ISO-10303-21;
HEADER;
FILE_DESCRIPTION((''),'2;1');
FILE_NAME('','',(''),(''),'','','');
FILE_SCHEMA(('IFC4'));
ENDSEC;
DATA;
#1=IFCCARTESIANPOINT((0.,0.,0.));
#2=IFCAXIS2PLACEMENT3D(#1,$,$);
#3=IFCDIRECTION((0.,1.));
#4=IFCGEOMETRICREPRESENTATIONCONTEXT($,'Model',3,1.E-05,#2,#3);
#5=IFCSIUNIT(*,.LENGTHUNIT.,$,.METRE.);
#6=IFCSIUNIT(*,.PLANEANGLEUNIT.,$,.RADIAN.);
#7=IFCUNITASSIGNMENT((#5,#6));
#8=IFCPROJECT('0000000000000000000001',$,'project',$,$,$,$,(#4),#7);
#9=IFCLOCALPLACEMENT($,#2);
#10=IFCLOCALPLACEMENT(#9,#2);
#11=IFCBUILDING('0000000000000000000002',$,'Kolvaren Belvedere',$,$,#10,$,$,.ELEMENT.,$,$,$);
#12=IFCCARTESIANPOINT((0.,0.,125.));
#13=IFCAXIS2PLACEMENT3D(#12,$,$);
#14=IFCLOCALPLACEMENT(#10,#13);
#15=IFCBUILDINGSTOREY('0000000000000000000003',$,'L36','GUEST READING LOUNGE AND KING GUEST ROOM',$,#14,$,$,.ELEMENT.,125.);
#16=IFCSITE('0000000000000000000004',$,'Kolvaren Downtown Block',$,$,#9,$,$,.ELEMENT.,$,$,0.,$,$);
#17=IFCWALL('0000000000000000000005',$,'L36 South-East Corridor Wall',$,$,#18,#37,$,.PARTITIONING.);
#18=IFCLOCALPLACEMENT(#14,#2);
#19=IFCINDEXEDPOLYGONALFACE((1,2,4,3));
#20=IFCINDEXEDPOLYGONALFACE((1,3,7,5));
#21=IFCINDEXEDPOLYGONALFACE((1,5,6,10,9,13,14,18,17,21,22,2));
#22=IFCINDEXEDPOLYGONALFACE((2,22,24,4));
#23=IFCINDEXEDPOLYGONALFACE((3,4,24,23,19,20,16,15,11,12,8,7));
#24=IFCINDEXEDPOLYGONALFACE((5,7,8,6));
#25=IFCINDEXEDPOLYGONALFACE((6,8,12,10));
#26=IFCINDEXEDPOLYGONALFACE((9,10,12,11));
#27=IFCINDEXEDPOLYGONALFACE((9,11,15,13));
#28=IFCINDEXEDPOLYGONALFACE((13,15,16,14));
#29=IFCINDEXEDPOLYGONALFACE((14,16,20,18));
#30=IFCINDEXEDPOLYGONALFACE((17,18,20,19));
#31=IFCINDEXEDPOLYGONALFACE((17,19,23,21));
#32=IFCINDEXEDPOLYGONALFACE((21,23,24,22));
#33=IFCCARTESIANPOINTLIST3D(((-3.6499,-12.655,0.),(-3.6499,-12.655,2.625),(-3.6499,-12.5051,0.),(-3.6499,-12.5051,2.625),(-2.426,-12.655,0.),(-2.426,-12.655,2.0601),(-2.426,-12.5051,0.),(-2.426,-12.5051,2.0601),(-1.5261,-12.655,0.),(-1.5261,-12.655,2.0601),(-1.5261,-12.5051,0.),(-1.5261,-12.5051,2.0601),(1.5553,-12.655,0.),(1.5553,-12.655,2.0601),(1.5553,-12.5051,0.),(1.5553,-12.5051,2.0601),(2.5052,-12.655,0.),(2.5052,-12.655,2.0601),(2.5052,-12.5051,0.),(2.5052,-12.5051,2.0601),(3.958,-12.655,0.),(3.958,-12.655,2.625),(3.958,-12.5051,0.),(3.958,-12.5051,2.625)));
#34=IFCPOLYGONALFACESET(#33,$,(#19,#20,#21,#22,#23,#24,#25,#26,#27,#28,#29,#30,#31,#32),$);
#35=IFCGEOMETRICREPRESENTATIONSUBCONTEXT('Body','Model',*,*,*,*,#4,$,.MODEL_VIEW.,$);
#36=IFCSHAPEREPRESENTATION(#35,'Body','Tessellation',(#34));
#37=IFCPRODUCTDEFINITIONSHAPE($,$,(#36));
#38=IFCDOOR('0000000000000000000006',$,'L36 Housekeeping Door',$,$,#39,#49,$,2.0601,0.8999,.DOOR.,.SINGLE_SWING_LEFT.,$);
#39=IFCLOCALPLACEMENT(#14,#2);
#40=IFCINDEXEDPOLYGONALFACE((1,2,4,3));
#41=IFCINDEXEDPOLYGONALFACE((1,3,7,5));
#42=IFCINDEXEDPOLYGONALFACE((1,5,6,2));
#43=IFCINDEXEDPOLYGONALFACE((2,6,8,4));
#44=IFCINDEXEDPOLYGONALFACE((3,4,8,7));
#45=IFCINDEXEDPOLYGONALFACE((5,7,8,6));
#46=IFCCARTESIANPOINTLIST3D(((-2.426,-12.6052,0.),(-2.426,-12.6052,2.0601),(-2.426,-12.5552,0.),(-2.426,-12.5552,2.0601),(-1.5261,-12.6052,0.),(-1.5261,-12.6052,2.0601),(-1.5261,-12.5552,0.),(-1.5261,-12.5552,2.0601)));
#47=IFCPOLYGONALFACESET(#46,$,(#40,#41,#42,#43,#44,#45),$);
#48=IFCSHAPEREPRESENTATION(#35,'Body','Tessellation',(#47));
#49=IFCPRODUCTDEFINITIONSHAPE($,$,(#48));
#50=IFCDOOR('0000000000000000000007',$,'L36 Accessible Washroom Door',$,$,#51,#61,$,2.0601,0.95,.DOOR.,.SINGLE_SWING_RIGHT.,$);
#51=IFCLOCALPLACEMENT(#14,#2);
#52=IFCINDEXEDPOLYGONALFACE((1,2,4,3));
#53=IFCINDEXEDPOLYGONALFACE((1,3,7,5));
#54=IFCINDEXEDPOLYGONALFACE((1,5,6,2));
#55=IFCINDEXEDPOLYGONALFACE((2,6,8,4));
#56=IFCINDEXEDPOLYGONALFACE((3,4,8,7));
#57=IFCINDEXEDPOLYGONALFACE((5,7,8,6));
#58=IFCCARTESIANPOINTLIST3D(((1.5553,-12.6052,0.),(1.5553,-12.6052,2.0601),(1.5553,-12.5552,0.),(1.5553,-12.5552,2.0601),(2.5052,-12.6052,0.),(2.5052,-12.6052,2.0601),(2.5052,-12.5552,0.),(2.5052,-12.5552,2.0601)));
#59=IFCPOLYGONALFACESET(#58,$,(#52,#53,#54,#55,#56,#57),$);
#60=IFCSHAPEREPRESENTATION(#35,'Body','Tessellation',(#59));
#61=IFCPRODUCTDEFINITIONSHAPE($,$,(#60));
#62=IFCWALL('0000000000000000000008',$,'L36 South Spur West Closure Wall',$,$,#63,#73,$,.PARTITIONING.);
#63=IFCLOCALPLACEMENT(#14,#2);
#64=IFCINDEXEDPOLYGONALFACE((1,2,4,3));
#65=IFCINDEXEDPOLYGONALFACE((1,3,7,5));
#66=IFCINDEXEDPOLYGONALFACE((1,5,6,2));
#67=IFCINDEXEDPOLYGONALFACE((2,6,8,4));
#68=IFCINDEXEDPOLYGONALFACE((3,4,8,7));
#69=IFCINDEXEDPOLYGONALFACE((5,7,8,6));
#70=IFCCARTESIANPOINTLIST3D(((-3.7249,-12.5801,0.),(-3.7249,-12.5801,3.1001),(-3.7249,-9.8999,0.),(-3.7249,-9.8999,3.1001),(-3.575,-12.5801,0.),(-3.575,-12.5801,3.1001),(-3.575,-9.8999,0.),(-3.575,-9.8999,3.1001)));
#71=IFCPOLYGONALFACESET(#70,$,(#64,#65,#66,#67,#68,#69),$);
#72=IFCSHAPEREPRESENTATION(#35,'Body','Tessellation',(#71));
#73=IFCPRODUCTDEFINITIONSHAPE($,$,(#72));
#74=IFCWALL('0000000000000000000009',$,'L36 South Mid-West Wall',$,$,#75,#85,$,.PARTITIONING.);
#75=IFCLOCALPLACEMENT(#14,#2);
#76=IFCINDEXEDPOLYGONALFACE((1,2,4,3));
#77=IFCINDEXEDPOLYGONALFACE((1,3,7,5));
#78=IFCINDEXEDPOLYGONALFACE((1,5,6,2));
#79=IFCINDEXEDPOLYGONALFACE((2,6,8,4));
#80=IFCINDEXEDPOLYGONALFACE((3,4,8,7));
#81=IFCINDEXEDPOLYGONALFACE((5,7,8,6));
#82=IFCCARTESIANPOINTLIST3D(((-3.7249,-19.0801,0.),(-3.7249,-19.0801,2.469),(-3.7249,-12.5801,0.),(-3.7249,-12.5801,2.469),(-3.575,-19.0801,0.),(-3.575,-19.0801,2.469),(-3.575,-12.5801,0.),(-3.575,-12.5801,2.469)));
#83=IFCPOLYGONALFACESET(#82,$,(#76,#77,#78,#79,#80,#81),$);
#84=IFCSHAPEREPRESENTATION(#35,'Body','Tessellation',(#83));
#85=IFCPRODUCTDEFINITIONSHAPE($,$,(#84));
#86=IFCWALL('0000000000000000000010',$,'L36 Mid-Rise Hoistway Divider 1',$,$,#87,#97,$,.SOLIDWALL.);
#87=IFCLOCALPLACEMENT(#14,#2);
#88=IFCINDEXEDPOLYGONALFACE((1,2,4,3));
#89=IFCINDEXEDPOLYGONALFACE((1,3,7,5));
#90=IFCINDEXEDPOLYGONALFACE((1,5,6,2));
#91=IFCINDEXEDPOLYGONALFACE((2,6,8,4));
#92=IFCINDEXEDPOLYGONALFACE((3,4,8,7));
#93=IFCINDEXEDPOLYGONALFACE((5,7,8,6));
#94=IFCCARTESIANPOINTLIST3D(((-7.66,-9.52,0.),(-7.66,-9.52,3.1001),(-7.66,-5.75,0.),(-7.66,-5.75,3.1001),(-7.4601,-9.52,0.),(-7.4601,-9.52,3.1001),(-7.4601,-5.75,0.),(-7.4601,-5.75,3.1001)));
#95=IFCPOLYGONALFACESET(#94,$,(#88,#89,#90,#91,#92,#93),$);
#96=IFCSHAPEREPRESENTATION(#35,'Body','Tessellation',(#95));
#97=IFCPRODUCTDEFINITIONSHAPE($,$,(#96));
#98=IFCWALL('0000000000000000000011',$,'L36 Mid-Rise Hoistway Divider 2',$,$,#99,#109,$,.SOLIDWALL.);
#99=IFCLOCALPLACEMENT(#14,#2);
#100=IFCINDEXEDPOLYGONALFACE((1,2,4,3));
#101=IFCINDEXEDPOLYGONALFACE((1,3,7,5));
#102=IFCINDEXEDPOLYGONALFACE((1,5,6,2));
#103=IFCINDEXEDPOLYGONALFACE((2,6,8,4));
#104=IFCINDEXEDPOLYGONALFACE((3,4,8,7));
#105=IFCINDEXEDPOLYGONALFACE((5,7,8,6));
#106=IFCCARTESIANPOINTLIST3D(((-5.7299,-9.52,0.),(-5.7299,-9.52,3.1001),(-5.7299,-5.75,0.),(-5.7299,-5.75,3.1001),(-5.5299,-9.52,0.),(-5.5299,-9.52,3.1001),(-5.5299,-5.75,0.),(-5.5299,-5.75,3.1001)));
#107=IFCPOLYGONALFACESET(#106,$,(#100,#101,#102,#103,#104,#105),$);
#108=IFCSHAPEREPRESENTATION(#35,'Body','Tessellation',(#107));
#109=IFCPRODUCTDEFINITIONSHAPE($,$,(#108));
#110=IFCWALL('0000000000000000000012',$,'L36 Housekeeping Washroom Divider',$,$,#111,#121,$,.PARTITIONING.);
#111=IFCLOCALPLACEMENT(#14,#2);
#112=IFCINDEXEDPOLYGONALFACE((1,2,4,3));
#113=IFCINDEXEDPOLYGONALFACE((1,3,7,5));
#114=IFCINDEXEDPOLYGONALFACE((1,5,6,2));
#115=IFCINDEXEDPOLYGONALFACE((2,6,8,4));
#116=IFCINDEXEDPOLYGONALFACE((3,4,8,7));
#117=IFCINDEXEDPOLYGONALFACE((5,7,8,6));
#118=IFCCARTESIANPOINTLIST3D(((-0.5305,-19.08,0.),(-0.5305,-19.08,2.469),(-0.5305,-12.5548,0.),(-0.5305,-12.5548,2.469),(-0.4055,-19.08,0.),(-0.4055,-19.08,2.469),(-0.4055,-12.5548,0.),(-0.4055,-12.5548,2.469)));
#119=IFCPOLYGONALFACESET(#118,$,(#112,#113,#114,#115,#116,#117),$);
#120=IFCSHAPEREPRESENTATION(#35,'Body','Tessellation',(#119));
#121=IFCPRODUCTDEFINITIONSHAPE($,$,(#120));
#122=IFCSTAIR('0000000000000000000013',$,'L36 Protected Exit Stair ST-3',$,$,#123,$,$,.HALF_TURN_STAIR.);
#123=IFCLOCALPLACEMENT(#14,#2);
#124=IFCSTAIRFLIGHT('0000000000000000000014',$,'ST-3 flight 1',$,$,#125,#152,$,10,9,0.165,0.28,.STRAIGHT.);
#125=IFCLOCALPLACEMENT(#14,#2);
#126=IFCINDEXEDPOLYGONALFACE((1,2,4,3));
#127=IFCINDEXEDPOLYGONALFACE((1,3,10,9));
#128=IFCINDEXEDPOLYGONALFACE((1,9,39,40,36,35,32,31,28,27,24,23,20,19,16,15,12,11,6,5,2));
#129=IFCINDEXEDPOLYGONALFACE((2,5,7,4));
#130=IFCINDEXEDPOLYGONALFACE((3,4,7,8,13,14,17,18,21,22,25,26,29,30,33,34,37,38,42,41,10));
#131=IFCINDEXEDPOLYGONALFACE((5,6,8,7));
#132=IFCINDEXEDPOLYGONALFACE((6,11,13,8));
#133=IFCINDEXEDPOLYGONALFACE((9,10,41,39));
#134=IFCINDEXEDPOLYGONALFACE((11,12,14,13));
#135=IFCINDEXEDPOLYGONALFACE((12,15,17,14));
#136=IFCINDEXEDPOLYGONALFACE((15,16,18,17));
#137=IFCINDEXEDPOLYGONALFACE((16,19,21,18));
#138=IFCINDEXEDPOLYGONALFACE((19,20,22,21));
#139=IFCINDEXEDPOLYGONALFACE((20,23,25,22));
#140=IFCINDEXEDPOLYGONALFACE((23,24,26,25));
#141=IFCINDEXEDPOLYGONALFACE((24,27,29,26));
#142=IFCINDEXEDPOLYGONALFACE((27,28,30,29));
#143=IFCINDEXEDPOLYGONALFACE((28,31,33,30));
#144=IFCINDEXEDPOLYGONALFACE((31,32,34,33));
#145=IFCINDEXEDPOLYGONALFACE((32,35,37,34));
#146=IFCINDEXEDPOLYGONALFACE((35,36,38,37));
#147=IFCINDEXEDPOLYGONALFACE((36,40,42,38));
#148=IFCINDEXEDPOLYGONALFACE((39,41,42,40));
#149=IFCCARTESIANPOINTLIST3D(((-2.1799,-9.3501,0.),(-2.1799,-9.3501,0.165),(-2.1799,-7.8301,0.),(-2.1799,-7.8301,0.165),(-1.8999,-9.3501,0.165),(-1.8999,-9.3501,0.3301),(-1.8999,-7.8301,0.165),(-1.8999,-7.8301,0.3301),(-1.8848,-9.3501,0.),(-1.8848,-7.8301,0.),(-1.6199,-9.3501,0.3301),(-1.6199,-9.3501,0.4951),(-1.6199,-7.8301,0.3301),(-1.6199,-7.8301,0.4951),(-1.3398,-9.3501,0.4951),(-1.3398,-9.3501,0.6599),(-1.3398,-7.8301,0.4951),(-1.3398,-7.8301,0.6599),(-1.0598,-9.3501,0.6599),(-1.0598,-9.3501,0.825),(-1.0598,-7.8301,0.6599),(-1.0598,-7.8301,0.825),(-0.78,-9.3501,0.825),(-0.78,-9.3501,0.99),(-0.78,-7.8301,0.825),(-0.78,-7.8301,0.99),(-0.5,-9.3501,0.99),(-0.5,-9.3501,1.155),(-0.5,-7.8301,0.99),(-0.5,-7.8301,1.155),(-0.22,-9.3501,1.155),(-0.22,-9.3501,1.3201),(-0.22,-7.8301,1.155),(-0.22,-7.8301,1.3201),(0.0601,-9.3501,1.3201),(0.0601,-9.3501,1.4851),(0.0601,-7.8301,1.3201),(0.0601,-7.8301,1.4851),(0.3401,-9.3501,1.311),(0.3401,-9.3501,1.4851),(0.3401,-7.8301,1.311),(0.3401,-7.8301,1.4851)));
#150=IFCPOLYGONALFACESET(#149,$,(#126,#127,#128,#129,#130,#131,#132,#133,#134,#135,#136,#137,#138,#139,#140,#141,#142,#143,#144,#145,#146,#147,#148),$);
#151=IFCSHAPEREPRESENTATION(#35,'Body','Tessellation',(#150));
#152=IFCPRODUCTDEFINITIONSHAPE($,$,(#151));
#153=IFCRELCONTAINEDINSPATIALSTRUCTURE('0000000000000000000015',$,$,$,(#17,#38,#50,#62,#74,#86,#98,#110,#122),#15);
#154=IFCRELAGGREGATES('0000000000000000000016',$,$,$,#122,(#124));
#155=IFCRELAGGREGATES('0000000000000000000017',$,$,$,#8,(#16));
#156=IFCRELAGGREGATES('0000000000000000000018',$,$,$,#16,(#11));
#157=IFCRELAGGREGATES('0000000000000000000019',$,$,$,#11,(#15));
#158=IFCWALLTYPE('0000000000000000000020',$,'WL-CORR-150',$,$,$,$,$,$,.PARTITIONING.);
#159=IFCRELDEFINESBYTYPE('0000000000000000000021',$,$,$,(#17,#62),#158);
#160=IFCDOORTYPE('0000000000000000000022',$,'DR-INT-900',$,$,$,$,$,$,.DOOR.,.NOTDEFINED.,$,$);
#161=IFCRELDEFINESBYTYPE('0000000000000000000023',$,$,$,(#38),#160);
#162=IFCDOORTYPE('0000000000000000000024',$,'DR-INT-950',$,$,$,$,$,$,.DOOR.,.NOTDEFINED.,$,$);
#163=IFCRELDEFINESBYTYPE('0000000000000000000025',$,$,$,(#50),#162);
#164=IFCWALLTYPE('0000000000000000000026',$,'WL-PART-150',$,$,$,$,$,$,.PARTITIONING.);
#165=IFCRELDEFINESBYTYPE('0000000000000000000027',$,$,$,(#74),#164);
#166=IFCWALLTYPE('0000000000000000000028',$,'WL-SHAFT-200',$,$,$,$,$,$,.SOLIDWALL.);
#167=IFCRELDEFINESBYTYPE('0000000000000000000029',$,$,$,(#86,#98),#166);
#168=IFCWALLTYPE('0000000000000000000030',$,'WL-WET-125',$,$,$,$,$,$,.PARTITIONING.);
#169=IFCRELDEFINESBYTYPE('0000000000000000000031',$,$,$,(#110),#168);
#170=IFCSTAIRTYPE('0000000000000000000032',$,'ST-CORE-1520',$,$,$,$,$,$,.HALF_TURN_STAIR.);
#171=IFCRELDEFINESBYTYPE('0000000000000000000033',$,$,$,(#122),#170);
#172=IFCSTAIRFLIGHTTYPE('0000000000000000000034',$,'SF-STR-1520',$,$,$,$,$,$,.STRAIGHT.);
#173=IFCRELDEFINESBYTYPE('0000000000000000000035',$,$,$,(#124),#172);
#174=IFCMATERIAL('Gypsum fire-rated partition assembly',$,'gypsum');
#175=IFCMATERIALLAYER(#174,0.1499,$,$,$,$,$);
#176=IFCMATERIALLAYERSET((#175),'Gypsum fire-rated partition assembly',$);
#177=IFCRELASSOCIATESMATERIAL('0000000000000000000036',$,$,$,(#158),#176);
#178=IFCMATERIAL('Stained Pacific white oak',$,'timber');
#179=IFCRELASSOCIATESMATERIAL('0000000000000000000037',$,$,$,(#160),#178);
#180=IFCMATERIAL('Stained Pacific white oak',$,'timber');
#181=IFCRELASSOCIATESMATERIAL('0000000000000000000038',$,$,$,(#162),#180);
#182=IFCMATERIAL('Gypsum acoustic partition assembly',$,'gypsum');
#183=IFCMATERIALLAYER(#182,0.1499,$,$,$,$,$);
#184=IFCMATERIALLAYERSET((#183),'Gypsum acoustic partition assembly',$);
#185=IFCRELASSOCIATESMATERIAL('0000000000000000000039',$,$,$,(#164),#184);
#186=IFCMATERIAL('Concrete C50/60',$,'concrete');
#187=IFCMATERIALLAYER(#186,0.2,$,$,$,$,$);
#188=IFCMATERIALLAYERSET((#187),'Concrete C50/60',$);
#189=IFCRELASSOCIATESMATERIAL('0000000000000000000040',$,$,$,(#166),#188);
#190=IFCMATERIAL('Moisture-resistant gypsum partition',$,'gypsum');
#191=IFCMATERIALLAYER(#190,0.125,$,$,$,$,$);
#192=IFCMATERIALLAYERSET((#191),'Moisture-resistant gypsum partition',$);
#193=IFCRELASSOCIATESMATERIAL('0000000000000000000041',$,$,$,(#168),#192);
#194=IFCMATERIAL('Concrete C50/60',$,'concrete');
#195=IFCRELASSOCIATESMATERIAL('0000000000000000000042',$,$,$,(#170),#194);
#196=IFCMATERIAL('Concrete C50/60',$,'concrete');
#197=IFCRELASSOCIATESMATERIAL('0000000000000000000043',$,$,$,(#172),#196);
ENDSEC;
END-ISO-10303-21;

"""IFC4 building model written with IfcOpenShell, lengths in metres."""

from ifc_helpers import new_model, si_unit, direction, frame, frame_2d, origin, place, context, subcontext, project, spatial, polyline, rectangle, outline, extrude, material, layer, layer_set, type_object, element, fill, aggregate, save


model = new_model("IFC4")

# Units and contexts
model_context = context("Model", 3, precision=1e-05, world=origin(), true_north=direction((0.0, 1.0)))
body_context = subcontext(model_context, "Body", "Model", "MODEL_VIEW")
ifc_project = project(units=[si_unit("LENGTHUNIT", "METRE"), si_unit("PLANEANGLEUNIT", "RADIAN")], contexts=[model_context])

# Site, building, storey
site_placement = place(None, origin())
site = spatial("IfcSite", under=ifc_project, at=site_placement, Name="Kolvaren Downtown Block", CompositionType="ELEMENT", RefElevation=0.0)
building_placement = place(site_placement, origin())
building = spatial("IfcBuilding", under=site, at=building_placement, Name="Kolvaren Belvedere", CompositionType="ELEMENT")
storey_placement = place(building_placement, frame((0.0, 0.0, 125.0)))
storey = spatial("IfcBuildingStorey", under=building, at=storey_placement, Name="L36", Description="GUEST READING LOUNGE AND KING GUEST ROOM", CompositionType="ELEMENT", Elevation=125.0)

# Wall, openings, doors
ifc_material_1 = material(Name="Gypsum fire-rated partition assembly", Category="gypsum")
ifc_layer_1 = layer(ifc_material_1, 0.1499)
ifc_layer_set_1 = layer_set([ifc_layer_1], Name="Gypsum fire-rated partition assembly")
wall_type_1 = type_object("IfcWallType", Name="WL-CORR-150", PredefinedType="PARTITIONING", material=ifc_layer_set_1)
wall_1_placement = place(storey_placement, frame((-3.6499, -12.5801, 0.0), z_axis=(0.0, 0.0, 1.0), x_axis=(1.0, 0.0, 0.0)))
wall_1 = element("IfcWall", 1, at=wall_1_placement, inside=storey, type_object=wall_type_1, Name="L36 South-East Corridor Wall", PredefinedType="PARTITIONING", context=body_context, shape_type="SweptSolid", body=[
    extrude(rectangle(XDim=7.6079, YDim=0.1499, at=frame_2d((3.804, 0.0))), origin(), (0.0, 0.0, 1.0), 2.625),
])
opening_1_placement = place(wall_1_placement, frame((1.2239, 0.0, 0.0)))
opening_1 = element("IfcOpeningElement", 2, at=opening_1_placement, cuts=wall_1, PredefinedType="OPENING", context=body_context, shape_type="SweptSolid", body=[
    extrude(rectangle(XDim=0.8999, YDim=2.0601, at=frame_2d((0.45, 1.03))), frame((0.0, 0.085, 0.0), z_axis=(0.0, -1.0, 0.0), x_axis=(1.0, 0.0, 0.0)), (0.0, 0.0, 1.0), 0.1699),
])
opening_2_placement = place(wall_1_placement, frame((5.2051, 0.0, 0.0)))
opening_2 = element("IfcOpeningElement", 3, at=opening_2_placement, cuts=wall_1, PredefinedType="OPENING", context=body_context, shape_type="SweptSolid", body=[
    extrude(rectangle(XDim=0.95, YDim=2.0601, at=frame_2d((0.4751, 1.03))), frame((0.0, 0.085, 0.0), z_axis=(0.0, -1.0, 0.0), x_axis=(1.0, 0.0, 0.0)), (0.0, 0.0, 1.0), 0.1699),
])
ifc_material_2 = material(Name="Stained Pacific white oak", Category="timber")
door_type_1 = type_object("IfcDoorType", Name="DR-INT-900", OperationType="NOTDEFINED", PredefinedType="DOOR", material=ifc_material_2)
door_1_placement = place(opening_1_placement, origin())
door_1 = element("IfcDoor", 4, at=door_1_placement, inside=storey, type_object=door_type_1, Name="L36 Housekeeping Door", OperationType="SINGLE_SWING_LEFT", OverallHeight=2.0601, OverallWidth=0.8999, PredefinedType="DOOR", context=body_context, shape_type="SweptSolid", body=[
    extrude(rectangle(XDim=0.8999, YDim=2.0601, at=frame_2d((0.45, 1.03))), frame((0.0, 0.0249, 0.0), z_axis=(0.0, -1.0, 0.0), x_axis=(1.0, 0.0, 0.0)), (0.0, 0.0, 1.0), 0.05),
])
fill(opening_1, door_1)
ifc_material_3 = material(Name="Stained Pacific white oak", Category="timber")
door_type_2 = type_object("IfcDoorType", Name="DR-INT-950", OperationType="NOTDEFINED", PredefinedType="DOOR", material=ifc_material_3)
door_2_placement = place(opening_2_placement, origin())
door_2 = element("IfcDoor", 5, at=door_2_placement, inside=storey, type_object=door_type_2, Name="L36 Accessible Washroom Door", OperationType="SINGLE_SWING_RIGHT", OverallHeight=2.0601, OverallWidth=0.95, PredefinedType="DOOR", context=body_context, shape_type="SweptSolid", body=[
    extrude(rectangle(XDim=0.95, YDim=2.0601, at=frame_2d((0.4751, 1.03))), frame((0.0, 0.0249, 0.0), z_axis=(0.0, -1.0, 0.0), x_axis=(1.0, 0.0, 0.0)), (0.0, 0.0, 1.0), 0.05),
])
fill(opening_2, door_2)

# Walls
wall_2_placement = place(storey_placement, frame((-3.6499, -12.5801, 0.0), z_axis=(0.0, 0.0, 1.0), x_axis=(0.0, 1.0, 0.0)))
element("IfcWall", 6, at=wall_2_placement, inside=storey, type_object=wall_type_1, Name="L36 South Spur West Closure Wall", PredefinedType="PARTITIONING", context=body_context, shape_type="SweptSolid", body=[
    extrude(rectangle(XDim=2.6802, YDim=0.1499, at=frame_2d((1.3401, 0.0))), origin(), (0.0, 0.0, 1.0), 3.1001),
])
ifc_material_4 = material(Name="Gypsum acoustic partition assembly", Category="gypsum")
ifc_layer_2 = layer(ifc_material_4, 0.1499)
ifc_layer_set_2 = layer_set([ifc_layer_2], Name="Gypsum acoustic partition assembly")
wall_type_2 = type_object("IfcWallType", Name="WL-PART-150", PredefinedType="PARTITIONING", material=ifc_layer_set_2)
wall_3_placement = place(storey_placement, frame((-3.6499, -19.0801, 0.0), z_axis=(0.0, 0.0, 1.0), x_axis=(0.0, 1.0, 0.0)))
element("IfcWall", 7, at=wall_3_placement, inside=storey, type_object=wall_type_2, Name="L36 South Mid-West Wall", PredefinedType="PARTITIONING", context=body_context, shape_type="SweptSolid", body=[
    extrude(rectangle(XDim=6.5, YDim=0.1499, at=frame_2d((3.25, 0.0))), origin(), (0.0, 0.0, 1.0), 2.469),
])
ifc_material_5 = material(Name="Concrete C50/60", Category="concrete")
ifc_layer_3 = layer(ifc_material_5, 0.2)
ifc_layer_set_3 = layer_set([ifc_layer_3], Name="Concrete C50/60")
wall_type_3 = type_object("IfcWallType", Name="WL-SHAFT-200", PredefinedType="SOLIDWALL", material=ifc_layer_set_3)
for number, where, z_axis, x_axis, name in (
    (8, (-7.5601, -9.52, 0.0), (0.0, 0.0, 1.0), (0.0, 1.0, 0.0), "L36 Mid-Rise Hoistway Divider 1"),
    (9, (-5.6299, -9.52, 0.0), (0.0, 0.0, 1.0), (0.0, 1.0, 0.0), "L36 Mid-Rise Hoistway Divider 2"),
):
    element("IfcWall", number, at=place(storey_placement, frame(where, z_axis=z_axis, x_axis=x_axis)), inside=storey, type_object=wall_type_3, Name=name, PredefinedType="SOLIDWALL", context=body_context, shape_type="SweptSolid", body=[
        extrude(rectangle(XDim=3.77, YDim=0.2, at=frame_2d((1.885, 0.0))), origin(), (0.0, 0.0, 1.0), 3.1001),
    ])
ifc_material_6 = material(Name="Moisture-resistant gypsum partition", Category="gypsum")
ifc_layer_4 = layer(ifc_material_6, 0.125)
ifc_layer_set_4 = layer_set([ifc_layer_4], Name="Moisture-resistant gypsum partition")
wall_type_4 = type_object("IfcWallType", Name="WL-WET-125", PredefinedType="PARTITIONING", material=ifc_layer_set_4)
wall_4_placement = place(storey_placement, frame((-0.468, -19.0801, 0.0), z_axis=(0.0, 0.0, 1.0), x_axis=(0.0, 1.0, 0.0)))
element("IfcWall", 10, at=wall_4_placement, inside=storey, type_object=wall_type_4, Name="L36 Housekeeping Washroom Divider", PredefinedType="PARTITIONING", context=body_context, shape_type="SweptSolid", body=[
    extrude(rectangle(XDim=6.5251, YDim=0.125, at=frame_2d((3.2627, 0.0))), origin(), (0.0, 0.0, 1.0), 2.469),
])

# Stair, stair flight
ifc_material_7 = material(Name="Concrete C50/60", Category="concrete")
stair_type = type_object("IfcStairType", Name="ST-CORE-1520", PredefinedType="HALF_TURN_STAIR", material=ifc_material_7)
stair_placement = place(storey_placement, origin())
stair = element("IfcStair", 11, at=stair_placement, inside=storey, type_object=stair_type, Name="L36 Protected Exit Stair ST-3", PredefinedType="HALF_TURN_STAIR")
ifc_material_8 = material(Name="Concrete C50/60", Category="concrete")
stair_flight_type = type_object("IfcStairFlightType", Name="SF-STR-1520", PredefinedType="STRAIGHT", material=ifc_material_8)
stair_flight_placement = place(storey_placement, frame((-2.1799, -8.5901, 0.0), z_axis=(0.0, 0.0, 1.0), x_axis=(1.0, 0.0, 0.0)))
stair_flight = element("IfcStairFlight", 12, at=stair_flight_placement, type_object=stair_flight_type, Name="ST-3 flight 1", NumberOfRisers=10, NumberOfTreads=9, PredefinedType="STRAIGHT", RiserHeight=0.165, TreadLength=0.28, context=body_context, shape_type="SweptSolid", body=[
    extrude(outline(polyline([(0.0, 0.0), (0.0, 0.165), (0.28, 0.165), (0.28, 0.3301), (0.5601, 0.3301), (0.5601, 0.4951), (0.8401, 0.4951), (0.8401, 0.6599), (1.1201, 0.6599), (1.1201, 0.825), (1.3999, 0.825), (1.3999, 0.99), (1.6799, 0.99), (1.6799, 1.155), (1.96, 1.155), (1.96, 1.3201), (2.24, 1.3201), (2.24, 1.4851), (2.52, 1.4851), (2.52, 1.6499), (2.52, 1.311), (0.2952, 0.0), (0.0, 0.0)])), frame((0.0, 0.76, 0.0), z_axis=(0.0, -1.0, 0.0), x_axis=(1.0, 0.0, 0.0)), (0.0, 0.0, 1.0), 1.52),
])
aggregate(stair, [stair_flight])

save(model, "model.ifc")
